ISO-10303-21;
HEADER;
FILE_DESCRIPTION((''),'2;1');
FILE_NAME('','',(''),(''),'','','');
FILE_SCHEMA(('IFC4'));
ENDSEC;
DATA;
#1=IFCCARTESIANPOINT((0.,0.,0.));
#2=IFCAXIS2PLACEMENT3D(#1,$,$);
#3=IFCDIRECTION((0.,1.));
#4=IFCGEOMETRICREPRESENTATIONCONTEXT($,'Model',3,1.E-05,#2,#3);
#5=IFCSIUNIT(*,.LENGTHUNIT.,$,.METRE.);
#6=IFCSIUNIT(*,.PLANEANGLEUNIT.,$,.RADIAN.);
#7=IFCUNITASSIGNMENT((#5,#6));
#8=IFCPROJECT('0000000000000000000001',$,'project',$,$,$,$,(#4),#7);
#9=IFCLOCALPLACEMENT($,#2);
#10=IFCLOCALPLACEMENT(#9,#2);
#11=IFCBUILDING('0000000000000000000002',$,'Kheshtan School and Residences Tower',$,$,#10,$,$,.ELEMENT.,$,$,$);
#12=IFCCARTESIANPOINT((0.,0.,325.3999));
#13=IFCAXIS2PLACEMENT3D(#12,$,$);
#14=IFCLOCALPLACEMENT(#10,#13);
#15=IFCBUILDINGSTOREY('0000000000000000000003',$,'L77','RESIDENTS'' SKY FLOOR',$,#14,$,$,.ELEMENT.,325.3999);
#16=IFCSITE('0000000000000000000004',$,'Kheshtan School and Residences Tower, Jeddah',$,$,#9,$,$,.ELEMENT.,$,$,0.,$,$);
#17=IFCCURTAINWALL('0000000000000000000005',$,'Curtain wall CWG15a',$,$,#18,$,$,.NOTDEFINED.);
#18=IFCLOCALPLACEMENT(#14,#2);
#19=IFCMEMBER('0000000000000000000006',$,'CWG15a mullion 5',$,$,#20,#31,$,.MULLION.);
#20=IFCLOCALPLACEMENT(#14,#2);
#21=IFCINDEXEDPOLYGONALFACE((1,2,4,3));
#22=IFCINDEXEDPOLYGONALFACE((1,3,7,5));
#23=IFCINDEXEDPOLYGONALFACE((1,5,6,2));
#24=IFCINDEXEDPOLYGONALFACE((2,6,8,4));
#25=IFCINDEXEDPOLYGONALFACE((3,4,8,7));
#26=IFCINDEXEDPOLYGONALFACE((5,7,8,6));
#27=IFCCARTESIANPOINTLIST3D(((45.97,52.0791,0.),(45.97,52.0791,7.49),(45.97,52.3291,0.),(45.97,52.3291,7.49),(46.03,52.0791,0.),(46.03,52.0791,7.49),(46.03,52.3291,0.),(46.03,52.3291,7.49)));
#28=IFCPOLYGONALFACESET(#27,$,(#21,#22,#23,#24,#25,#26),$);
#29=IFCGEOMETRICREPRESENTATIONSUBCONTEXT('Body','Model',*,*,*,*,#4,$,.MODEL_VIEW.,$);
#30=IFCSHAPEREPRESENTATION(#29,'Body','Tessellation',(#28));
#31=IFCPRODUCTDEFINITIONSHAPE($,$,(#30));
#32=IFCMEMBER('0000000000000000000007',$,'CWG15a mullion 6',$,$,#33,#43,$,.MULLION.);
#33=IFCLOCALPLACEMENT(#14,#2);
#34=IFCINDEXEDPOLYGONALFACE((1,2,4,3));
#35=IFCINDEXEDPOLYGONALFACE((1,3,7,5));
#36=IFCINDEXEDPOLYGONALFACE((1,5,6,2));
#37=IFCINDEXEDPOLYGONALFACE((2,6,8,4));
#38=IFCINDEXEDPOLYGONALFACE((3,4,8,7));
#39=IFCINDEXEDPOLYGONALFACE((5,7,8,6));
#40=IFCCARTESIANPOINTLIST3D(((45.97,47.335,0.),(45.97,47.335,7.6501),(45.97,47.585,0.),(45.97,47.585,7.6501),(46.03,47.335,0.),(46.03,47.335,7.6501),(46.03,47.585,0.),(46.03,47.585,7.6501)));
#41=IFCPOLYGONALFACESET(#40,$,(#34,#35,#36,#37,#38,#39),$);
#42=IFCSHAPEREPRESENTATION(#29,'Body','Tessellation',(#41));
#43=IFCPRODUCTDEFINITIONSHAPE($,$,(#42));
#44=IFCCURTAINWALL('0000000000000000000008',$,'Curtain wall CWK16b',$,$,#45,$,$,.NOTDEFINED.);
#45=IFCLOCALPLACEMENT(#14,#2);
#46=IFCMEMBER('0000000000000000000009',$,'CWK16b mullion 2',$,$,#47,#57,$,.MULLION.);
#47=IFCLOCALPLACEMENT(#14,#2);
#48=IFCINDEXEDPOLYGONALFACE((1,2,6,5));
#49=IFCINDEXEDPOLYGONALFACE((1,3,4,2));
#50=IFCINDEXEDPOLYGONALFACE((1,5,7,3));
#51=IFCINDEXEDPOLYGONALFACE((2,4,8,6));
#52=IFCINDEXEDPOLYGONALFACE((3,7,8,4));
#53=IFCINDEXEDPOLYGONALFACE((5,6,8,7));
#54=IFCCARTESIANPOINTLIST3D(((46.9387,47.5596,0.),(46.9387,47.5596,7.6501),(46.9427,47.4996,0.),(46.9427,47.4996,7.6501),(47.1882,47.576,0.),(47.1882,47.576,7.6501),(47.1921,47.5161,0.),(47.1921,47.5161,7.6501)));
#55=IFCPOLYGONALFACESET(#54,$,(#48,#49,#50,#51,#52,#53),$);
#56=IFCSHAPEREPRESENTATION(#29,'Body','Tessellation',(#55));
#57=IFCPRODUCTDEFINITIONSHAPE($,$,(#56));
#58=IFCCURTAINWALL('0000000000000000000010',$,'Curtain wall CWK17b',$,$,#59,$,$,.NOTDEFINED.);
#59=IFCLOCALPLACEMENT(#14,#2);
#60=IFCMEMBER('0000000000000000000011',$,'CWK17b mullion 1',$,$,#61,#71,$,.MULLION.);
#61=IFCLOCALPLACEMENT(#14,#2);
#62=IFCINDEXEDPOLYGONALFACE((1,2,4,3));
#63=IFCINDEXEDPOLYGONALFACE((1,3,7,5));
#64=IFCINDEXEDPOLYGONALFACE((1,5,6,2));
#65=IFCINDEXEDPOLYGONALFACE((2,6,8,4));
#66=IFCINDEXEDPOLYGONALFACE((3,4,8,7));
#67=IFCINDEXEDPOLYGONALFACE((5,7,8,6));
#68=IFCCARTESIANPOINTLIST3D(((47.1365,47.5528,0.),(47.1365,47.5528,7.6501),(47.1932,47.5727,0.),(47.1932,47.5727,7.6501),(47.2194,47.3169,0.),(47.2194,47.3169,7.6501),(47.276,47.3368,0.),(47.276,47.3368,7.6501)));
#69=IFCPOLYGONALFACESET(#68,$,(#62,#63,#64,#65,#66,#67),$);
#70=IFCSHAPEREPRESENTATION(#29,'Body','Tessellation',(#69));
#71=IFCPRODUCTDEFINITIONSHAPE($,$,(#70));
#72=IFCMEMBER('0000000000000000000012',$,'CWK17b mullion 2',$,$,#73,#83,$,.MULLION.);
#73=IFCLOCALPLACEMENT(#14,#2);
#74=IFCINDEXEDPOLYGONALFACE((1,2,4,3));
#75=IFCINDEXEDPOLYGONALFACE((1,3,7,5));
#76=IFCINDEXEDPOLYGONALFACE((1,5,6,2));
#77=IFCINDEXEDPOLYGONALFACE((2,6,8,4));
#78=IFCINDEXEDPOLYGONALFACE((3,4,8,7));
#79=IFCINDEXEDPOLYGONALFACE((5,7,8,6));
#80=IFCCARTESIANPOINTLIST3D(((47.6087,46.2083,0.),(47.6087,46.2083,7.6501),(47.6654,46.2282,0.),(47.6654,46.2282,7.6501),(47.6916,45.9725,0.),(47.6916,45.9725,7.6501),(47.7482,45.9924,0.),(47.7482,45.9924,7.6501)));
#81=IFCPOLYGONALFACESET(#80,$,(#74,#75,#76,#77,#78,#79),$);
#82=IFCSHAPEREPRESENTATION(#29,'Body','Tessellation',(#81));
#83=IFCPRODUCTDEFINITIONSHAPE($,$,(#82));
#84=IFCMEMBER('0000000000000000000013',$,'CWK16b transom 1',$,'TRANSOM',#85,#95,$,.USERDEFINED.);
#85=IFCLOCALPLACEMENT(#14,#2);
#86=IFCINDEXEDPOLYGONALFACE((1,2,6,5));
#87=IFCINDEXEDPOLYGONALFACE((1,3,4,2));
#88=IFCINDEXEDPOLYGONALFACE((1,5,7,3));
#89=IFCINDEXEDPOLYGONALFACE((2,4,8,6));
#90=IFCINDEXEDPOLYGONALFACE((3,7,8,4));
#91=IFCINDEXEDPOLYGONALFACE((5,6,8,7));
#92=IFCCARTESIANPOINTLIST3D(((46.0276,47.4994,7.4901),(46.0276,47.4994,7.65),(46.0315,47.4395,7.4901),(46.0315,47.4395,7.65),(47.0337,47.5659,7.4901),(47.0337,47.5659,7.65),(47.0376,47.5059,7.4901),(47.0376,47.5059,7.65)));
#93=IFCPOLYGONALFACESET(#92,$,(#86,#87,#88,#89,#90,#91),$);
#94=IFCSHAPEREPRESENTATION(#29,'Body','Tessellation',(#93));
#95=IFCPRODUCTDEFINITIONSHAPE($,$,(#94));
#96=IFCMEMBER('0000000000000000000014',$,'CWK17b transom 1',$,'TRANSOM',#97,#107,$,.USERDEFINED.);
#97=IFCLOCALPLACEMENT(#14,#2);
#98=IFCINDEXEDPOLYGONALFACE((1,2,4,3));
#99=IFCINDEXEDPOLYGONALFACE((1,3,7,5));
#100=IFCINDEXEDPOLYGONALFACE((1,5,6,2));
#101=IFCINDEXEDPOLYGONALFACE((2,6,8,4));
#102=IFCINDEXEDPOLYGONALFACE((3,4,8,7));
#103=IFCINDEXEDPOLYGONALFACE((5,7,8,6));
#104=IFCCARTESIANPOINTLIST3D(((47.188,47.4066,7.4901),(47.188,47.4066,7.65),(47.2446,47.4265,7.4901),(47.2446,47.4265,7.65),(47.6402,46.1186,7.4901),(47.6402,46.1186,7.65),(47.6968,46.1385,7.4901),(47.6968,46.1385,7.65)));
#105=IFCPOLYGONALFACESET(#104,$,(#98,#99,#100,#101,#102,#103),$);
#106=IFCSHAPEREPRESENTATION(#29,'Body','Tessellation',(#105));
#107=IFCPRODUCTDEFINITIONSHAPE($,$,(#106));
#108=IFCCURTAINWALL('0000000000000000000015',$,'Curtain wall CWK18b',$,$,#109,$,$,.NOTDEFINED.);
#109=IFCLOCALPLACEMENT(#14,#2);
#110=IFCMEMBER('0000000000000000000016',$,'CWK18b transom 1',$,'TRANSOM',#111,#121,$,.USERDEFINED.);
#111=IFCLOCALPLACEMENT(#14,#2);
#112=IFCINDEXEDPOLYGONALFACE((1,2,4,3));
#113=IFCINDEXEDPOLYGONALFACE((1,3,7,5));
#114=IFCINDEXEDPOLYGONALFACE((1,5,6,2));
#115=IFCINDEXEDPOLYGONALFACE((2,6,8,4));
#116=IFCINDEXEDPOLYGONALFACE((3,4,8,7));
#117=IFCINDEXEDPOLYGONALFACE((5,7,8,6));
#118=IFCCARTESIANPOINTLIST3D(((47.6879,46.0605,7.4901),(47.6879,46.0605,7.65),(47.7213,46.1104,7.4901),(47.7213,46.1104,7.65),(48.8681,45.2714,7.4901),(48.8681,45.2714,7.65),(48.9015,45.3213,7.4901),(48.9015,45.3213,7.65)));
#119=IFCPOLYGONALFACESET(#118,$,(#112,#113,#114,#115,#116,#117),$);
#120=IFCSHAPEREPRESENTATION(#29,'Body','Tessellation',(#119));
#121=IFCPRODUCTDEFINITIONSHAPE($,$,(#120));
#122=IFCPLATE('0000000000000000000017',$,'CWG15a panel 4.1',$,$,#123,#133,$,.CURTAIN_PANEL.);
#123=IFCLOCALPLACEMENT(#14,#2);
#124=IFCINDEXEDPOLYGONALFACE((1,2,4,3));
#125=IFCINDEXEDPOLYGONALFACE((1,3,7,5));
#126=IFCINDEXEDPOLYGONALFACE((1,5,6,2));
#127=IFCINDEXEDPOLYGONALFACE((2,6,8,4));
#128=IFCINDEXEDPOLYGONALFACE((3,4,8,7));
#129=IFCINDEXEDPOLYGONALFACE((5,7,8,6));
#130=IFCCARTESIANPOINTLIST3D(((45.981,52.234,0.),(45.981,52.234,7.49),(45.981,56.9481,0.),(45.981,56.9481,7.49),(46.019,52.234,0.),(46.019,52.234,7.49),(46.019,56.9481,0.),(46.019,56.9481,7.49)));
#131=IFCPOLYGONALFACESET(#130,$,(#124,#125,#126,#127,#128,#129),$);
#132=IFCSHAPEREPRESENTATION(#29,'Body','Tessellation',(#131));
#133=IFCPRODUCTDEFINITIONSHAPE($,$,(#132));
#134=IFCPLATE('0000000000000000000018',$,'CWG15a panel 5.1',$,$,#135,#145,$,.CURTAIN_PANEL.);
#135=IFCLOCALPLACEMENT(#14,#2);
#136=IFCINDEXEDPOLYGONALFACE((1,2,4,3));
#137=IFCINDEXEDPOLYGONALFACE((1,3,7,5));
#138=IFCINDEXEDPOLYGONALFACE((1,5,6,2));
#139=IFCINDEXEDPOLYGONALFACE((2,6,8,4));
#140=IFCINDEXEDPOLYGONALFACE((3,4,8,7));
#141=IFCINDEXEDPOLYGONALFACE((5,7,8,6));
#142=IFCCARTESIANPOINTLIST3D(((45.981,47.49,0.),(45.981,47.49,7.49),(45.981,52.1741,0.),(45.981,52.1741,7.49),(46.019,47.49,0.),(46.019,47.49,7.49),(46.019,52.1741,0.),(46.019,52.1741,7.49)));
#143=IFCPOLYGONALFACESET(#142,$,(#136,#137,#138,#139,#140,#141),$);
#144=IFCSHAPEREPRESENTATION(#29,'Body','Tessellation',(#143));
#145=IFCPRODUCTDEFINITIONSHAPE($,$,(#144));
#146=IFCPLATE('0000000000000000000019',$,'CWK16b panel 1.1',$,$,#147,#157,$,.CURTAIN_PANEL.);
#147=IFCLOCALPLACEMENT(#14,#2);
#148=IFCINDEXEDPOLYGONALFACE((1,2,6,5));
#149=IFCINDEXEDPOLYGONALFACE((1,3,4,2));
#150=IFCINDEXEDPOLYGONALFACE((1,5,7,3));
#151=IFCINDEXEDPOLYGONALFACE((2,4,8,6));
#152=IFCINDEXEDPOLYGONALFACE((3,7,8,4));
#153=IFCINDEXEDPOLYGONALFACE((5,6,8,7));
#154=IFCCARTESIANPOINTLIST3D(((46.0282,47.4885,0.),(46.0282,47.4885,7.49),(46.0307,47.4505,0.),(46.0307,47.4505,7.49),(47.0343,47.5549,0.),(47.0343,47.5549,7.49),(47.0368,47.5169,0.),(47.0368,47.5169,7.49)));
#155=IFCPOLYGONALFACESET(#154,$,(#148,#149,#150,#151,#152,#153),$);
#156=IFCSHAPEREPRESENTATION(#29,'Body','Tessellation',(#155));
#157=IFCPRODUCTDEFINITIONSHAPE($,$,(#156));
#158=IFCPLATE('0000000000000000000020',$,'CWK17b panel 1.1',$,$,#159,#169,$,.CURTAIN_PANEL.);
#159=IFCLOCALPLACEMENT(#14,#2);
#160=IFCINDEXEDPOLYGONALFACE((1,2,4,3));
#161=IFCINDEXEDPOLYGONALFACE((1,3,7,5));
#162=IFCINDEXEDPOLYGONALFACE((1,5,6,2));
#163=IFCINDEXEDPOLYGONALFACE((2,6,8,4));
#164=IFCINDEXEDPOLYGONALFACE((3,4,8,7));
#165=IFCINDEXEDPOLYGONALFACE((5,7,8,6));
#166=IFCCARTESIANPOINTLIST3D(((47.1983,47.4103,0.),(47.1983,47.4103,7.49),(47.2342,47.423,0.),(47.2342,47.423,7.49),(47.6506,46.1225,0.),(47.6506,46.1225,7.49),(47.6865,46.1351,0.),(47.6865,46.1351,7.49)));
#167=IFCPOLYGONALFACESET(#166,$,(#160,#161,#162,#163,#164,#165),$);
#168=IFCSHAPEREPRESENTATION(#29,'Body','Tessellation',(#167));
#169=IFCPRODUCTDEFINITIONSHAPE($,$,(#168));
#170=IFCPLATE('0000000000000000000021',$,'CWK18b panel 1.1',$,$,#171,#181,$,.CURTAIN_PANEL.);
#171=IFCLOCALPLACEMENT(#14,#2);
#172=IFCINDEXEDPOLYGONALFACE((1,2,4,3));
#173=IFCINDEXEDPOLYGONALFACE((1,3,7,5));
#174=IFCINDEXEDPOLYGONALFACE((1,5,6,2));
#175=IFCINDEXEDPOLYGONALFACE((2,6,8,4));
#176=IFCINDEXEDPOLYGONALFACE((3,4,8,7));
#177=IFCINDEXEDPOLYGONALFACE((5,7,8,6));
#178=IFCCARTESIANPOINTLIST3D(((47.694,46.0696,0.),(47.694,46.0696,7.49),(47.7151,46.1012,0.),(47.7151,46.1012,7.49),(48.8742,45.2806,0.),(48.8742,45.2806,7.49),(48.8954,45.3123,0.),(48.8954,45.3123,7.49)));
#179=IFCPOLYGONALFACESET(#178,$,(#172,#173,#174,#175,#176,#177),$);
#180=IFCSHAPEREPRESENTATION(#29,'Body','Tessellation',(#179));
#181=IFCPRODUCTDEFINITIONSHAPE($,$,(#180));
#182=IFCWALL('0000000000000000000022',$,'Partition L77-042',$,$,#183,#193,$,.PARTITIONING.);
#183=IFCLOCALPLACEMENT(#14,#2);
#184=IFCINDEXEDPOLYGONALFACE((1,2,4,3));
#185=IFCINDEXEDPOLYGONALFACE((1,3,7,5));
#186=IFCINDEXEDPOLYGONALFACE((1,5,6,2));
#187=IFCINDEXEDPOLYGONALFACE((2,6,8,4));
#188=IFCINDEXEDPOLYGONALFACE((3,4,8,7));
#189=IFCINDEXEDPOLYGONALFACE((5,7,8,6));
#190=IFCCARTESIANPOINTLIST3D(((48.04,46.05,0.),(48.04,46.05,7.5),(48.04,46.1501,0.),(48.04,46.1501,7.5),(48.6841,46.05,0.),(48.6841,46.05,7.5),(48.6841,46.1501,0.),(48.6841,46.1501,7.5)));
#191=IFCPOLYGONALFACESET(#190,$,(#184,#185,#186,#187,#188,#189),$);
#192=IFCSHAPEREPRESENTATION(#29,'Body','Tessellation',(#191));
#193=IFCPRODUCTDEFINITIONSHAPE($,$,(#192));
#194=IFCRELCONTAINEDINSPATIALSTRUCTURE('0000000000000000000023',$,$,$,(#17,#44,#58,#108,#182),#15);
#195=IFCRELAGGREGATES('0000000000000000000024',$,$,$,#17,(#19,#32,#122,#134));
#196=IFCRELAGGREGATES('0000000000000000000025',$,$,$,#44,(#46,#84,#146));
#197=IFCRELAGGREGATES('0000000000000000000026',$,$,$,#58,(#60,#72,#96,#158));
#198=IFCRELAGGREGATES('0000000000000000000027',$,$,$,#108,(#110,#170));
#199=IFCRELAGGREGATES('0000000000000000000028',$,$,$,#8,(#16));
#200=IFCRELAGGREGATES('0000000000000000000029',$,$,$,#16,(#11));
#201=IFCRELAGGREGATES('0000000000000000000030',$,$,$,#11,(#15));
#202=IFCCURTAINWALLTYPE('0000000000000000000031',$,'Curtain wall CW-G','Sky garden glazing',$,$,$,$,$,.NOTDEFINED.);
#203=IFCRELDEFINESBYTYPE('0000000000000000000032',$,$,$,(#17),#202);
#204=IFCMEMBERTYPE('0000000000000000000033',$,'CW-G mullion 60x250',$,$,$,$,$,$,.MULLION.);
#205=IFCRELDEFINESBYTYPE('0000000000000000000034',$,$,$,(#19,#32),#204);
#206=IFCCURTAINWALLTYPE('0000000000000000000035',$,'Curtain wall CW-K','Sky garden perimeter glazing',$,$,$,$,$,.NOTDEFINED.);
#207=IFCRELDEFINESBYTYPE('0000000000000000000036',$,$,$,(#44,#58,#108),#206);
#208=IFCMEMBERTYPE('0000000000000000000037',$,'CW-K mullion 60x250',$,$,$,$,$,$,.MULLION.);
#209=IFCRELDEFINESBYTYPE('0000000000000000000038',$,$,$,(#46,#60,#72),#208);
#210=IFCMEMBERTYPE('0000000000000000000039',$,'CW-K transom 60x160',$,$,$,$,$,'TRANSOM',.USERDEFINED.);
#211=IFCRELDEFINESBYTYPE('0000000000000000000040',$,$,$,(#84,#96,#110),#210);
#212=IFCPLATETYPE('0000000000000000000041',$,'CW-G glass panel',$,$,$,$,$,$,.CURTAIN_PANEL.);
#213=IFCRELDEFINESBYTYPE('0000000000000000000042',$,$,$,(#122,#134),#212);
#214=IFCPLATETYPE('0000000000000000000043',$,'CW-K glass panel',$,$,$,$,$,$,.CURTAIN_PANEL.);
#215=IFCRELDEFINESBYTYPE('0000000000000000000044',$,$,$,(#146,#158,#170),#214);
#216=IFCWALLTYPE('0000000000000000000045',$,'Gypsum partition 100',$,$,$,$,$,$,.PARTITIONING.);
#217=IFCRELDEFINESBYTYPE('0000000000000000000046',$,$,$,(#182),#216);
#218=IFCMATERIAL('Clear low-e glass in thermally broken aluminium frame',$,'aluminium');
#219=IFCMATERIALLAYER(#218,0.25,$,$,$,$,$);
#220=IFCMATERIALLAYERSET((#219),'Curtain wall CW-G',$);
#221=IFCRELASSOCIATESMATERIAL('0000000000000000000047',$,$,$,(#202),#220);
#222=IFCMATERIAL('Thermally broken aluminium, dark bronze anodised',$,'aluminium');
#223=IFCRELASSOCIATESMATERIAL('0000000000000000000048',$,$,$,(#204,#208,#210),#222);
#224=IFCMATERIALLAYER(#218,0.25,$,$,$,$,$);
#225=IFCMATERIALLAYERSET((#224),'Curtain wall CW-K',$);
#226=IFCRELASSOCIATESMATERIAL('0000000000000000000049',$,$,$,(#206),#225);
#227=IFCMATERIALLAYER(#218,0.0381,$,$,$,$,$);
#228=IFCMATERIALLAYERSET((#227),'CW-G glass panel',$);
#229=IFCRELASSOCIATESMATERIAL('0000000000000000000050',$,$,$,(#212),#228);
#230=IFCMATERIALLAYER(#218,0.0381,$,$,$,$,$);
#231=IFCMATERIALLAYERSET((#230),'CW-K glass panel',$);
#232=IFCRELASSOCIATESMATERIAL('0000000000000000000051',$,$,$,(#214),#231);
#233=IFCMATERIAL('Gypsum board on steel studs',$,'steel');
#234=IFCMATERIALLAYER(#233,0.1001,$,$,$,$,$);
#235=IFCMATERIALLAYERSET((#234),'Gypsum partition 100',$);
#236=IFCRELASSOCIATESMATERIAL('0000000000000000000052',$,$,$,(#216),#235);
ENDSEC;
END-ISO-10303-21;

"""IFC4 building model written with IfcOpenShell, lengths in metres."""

from ifc_helpers import new_model, si_unit, direction, frame, frame_2d, origin, origin_2d, place, context, subcontext, project, spatial, rectangle, extrude, material, layer, layer_set, material_profile, profile_set, type_object, element, aggregate, save


model = new_model("IFC4")

# Units and contexts
model_context = context("Model", 3, precision=1e-05, world=origin(), true_north=direction((0.0, 1.0)))
body_context = subcontext(model_context, "Body", "Model", "MODEL_VIEW")
ifc_project = project(units=[si_unit("LENGTHUNIT", "METRE"), si_unit("PLANEANGLEUNIT", "RADIAN")], contexts=[model_context])

# Site, building, storey
site_placement = place(None, origin())
site = spatial("IfcSite", under=ifc_project, at=site_placement, Name="Kheshtan School and Residences Tower, Jeddah", CompositionType="ELEMENT", RefElevation=0.0)
building_placement = place(site_placement, origin())
building = spatial("IfcBuilding", under=site, at=building_placement, Name="Kheshtan School and Residences Tower", CompositionType="ELEMENT")
storey_placement = place(building_placement, frame((0.0, 0.0, 325.3999)))
storey = spatial("IfcBuildingStorey", under=building, at=storey_placement, Name="L77", Description="RESIDENTS' SKY FLOOR", CompositionType="ELEMENT", Elevation=325.3999)

# Curtain wall, members
ifc_material_1 = material(Name="Clear low-e glass in thermally broken aluminium frame", Category="aluminium")
ifc_layer_1 = layer(ifc_material_1, 0.25)
ifc_layer_set_1 = layer_set([ifc_layer_1], Name="Curtain wall CW-G")
curtain_wall_type_1 = type_object("IfcCurtainWallType", Name="Curtain wall CW-G", Description="Sky garden glazing", PredefinedType="NOTDEFINED", material=ifc_layer_set_1)
curtain_wall_1_placement = place(storey_placement, origin())
curtain_wall_1 = element("IfcCurtainWall", 1, at=curtain_wall_1_placement, inside=storey, type_object=curtain_wall_type_1, Name="Curtain wall CWG15a", PredefinedType="NOTDEFINED")
ifc_material_2 = material(Name="Thermally broken aluminium, dark bronze anodised", Category="aluminium")
ifc_material_profile_1 = material_profile(ifc_material_2, rectangle(XDim=0.0601, YDim=0.25, at=origin_2d()), Name="CW-G mullion 60x250")
ifc_profile_set_1 = profile_set([ifc_material_profile_1], Name="Thermally broken aluminium, dark bronze anodised")
member_type_1 = type_object("IfcMemberType", Name="CW-G mullion 60x250", PredefinedType="MULLION", material=ifc_profile_set_1)
member_1_placement = place(storey_placement, frame((46.0, 52.2041, 0.0), z_axis=(0.0, 0.0, 1.0), x_axis=(1.0, 0.0, 0.0)))
member_1 = element("IfcMember", 2, at=member_1_placement, type_object=member_type_1, Name="CWG15a mullion 5", PredefinedType="MULLION", context=body_context, shape_type="SweptSolid", body=[
    extrude(rectangle(XDim=0.0601, YDim=0.25, at=origin_2d()), origin(), (0.0, 0.0, 1.0), 7.49),
])
member_2_placement = place(storey_placement, frame((46.0, 47.46, 0.0), z_axis=(0.0, 0.0, 1.0), x_axis=(1.0, 0.0, 0.0)))
member_2 = element("IfcMember", 3, at=member_2_placement, type_object=member_type_1, Name="CWG15a mullion 6", PredefinedType="MULLION", context=body_context, shape_type="SweptSolid", body=[
    extrude(rectangle(XDim=0.0601, YDim=0.25, at=origin_2d()), origin(), (0.0, 0.0, 1.0), 7.6501),
])

# Curtain wall, member
ifc_layer_2 = layer(ifc_material_1, 0.25)
ifc_layer_set_2 = layer_set([ifc_layer_2], Name="Curtain wall CW-K")
curtain_wall_type_2 = type_object("IfcCurtainWallType", Name="Curtain wall CW-K", Description="Sky garden perimeter glazing", PredefinedType="NOTDEFINED", material=ifc_layer_set_2)
curtain_wall_2_placement = place(storey_placement, origin())
curtain_wall_2 = element("IfcCurtainWall", 4, at=curtain_wall_2_placement, inside=storey, type_object=curtain_wall_type_2, Name="Curtain wall CWK16b", PredefinedType="NOTDEFINED")
ifc_material_profile_2 = material_profile(ifc_material_2, rectangle(XDim=0.0601, YDim=0.25, at=origin_2d()), Name="CW-K mullion 60x250")
ifc_profile_set_2 = profile_set([ifc_material_profile_2], Name="Thermally broken aluminium, dark bronze anodised")
member_type_2 = type_object("IfcMemberType", Name="CW-K mullion 60x250", PredefinedType="MULLION", material=ifc_profile_set_2)
member_3_placement = place(storey_placement, frame((47.0654, 47.5378, 0.0), z_axis=(0.0, 0.0, 1.0), x_axis=(-0.065855, 0.997829, 0.0)))
member_3 = element("IfcMember", 5, at=member_3_placement, type_object=member_type_2, Name="CWK16b mullion 2", PredefinedType="MULLION", context=body_context, shape_type="SweptSolid", body=[
    extrude(rectangle(XDim=0.0601, YDim=0.25, at=origin_2d()), origin(), (0.0, 0.0, 1.0), 7.6501),
])

# Curtain wall, members
curtain_wall_3_placement = place(storey_placement, origin())
curtain_wall_3 = element("IfcCurtainWall", 6, at=curtain_wall_3_placement, inside=storey, type_object=curtain_wall_type_2, Name="Curtain wall CWK17b", PredefinedType="NOTDEFINED")
member_4_placement = place(storey_placement, frame((47.2063, 47.4448, 0.0), z_axis=(0.0, 0.0, 1.0), x_axis=(0.943511, 0.33134, 0.0)))
member_4 = element("IfcMember", 7, at=member_4_placement, type_object=member_type_2, Name="CWK17b mullion 1", PredefinedType="MULLION", context=body_context, shape_type="SweptSolid", body=[
    extrude(rectangle(XDim=0.0601, YDim=0.25, at=origin_2d()), origin(), (0.0, 0.0, 1.0), 7.6501),
])
member_5_placement = place(storey_placement, frame((47.6785, 46.1003, 0.0), z_axis=(0.0, 0.0, 1.0), x_axis=(0.943511, 0.33134, 0.0)))
member_5 = element("IfcMember", 8, at=member_5_placement, type_object=member_type_2, Name="CWK17b mullion 2", PredefinedType="MULLION", context=body_context, shape_type="SweptSolid", body=[
    extrude(rectangle(XDim=0.0601, YDim=0.25, at=origin_2d()), origin(), (0.0, 0.0, 1.0), 7.6501),
])

# Members
ifc_material_profile_3 = material_profile(ifc_material_2, rectangle(XDim=0.0601, YDim=0.1599, at=origin_2d()), Name="CW-K transom 60x160")
ifc_profile_set_3 = profile_set([ifc_material_profile_3], Name="Thermally broken aluminium, dark bronze anodised")
member_type_3 = type_object("IfcMemberType", Name="CW-K transom 60x160", ElementType="TRANSOM", PredefinedType="USERDEFINED", material=ifc_profile_set_3)
member_6_placement = place(storey_placement, frame((46.0295, 47.4695, 7.5701), z_axis=(0.997829, 0.06586, 0.0), x_axis=(-0.06586, 0.997829, 0.0)))
member_6 = element("IfcMember", 9, at=member_6_placement, type_object=member_type_3, Name="CWK16b transom 1", ObjectType="TRANSOM", PredefinedType="USERDEFINED", context=body_context, shape_type="SweptSolid", body=[
    extrude(rectangle(XDim=0.0601, YDim=0.1599, at=origin_2d()), origin(), (0.0, 0.0, 1.0), 1.0083),
])
member_7_placement = place(storey_placement, frame((47.2163, 47.4165, 7.5701), z_axis=(0.331267, -0.943537, 0.0), x_axis=(0.943537, 0.331267, 0.0)))
member_7 = element("IfcMember", 10, at=member_7_placement, type_object=member_type_3, Name="CWK17b transom 1", ObjectType="TRANSOM", PredefinedType="USERDEFINED", context=body_context, shape_type="SweptSolid", body=[
    extrude(rectangle(XDim=0.0601, YDim=0.1599, at=origin_2d()), origin(), (0.0, 0.0, 1.0), 1.365),
])

# Curtain wall, member
curtain_wall_4_placement = place(storey_placement, origin())
curtain_wall_4 = element("IfcCurtainWall", 11, at=curtain_wall_4_placement, inside=storey, type_object=curtain_wall_type_2, Name="Curtain wall CWK18b", PredefinedType="NOTDEFINED")
member_8_placement = place(storey_placement, frame((47.7046, 46.0854, 7.5701), z_axis=(0.831309, -0.555811, 0.0), x_axis=(0.555811, 0.831309, 0.0)))
member_8 = element("IfcMember", 12, at=member_8_placement, type_object=member_type_3, Name="CWK18b transom 1", ObjectType="TRANSOM", PredefinedType="USERDEFINED", context=body_context, shape_type="SweptSolid", body=[
    extrude(rectangle(XDim=0.0601, YDim=0.1599, at=origin_2d()), origin(), (0.0, 0.0, 1.0), 1.4197),
])

# Plates
ifc_layer_3 = layer(ifc_material_1, 0.0381)
ifc_layer_set_3 = layer_set([ifc_layer_3], Name="CW-G glass panel")
plate_type_1 = type_object("IfcPlateType", Name="CW-G glass panel", PredefinedType="CURTAIN_PANEL", material=ifc_layer_set_3)
plate_1_placement = place(storey_placement, frame((46.0, 54.5911, 0.0), z_axis=(0.0, 0.0, 1.0), x_axis=(0.0, -1.0, 0.0)))
plate_1 = element("IfcPlate", 13, at=plate_1_placement, type_object=plate_type_1, Name="CWG15a panel 4.1", PredefinedType="CURTAIN_PANEL", context=body_context, shape_type="SweptSolid", body=[
    extrude(rectangle(XDim=4.7141, YDim=0.0381, at=origin_2d()), origin(), (0.0, 0.0, 1.0), 7.49),
])
plate_2_placement = place(storey_placement, frame((46.0, 49.832, 0.0), z_axis=(0.0, 0.0, 1.0), x_axis=(0.0, -1.0, 0.0)))
plate_2 = element("IfcPlate", 14, at=plate_2_placement, type_object=plate_type_1, Name="CWG15a panel 5.1", PredefinedType="CURTAIN_PANEL", context=body_context, shape_type="SweptSolid", body=[
    extrude(rectangle(XDim=4.6841, YDim=0.0381, at=origin_2d()), origin(), (0.0, 0.0, 1.0), 7.49),
])
aggregate(curtain_wall_1, [member_1, member_2, plate_1, plate_2])
ifc_layer_4 = layer(ifc_material_1, 0.0381)
ifc_layer_set_4 = layer_set([ifc_layer_4], Name="CW-K glass panel")
plate_type_2 = type_object("IfcPlateType", Name="CW-K glass panel", PredefinedType="CURTAIN_PANEL", material=ifc_layer_set_4)
plate_3_placement = place(storey_placement, frame((46.5325, 47.5027, 0.0), z_axis=(0.0, 0.0, 1.0), x_axis=(0.997829, 0.065855, 0.0)))
plate_3 = element("IfcPlate", 15, at=plate_3_placement, type_object=plate_type_2, Name="CWK16b panel 1.1", PredefinedType="CURTAIN_PANEL", context=body_context, shape_type="SweptSolid", body=[
    extrude(rectangle(XDim=1.0083, YDim=0.0381, at=origin_2d()), origin(), (0.0, 0.0, 1.0), 7.49),
])
aggregate(curtain_wall_2, [member_3, member_6, plate_3])
plate_4_placement = place(storey_placement, frame((47.4424, 46.7727, 0.0), z_axis=(0.0, 0.0, 1.0), x_axis=(0.33134, -0.943511, 0.0)))
plate_4 = element("IfcPlate", 16, at=plate_4_placement, type_object=plate_type_2, Name="CWK17b panel 1.1", PredefinedType="CURTAIN_PANEL", context=body_context, shape_type="SweptSolid", body=[
    extrude(rectangle(XDim=1.365, YDim=0.0381, at=origin_2d()), origin(), (0.0, 0.0, 1.0), 7.49),
])
aggregate(curtain_wall_3, [member_4, member_5, member_7, plate_4])
plate_5_placement = place(storey_placement, frame((48.2947, 45.6909, 0.0), z_axis=(0.0, 0.0, 1.0), x_axis=(0.831353, -0.555745, 0.0)))
plate_5 = element("IfcPlate", 17, at=plate_5_placement, type_object=plate_type_2, Name="CWK18b panel 1.1", PredefinedType="CURTAIN_PANEL", context=body_context, shape_type="SweptSolid", body=[
    extrude(rectangle(XDim=1.4197, YDim=0.0381, at=origin_2d()), origin(), (0.0, 0.0, 1.0), 7.49),
])
aggregate(curtain_wall_4, [member_8, plate_5])

# Wall
ifc_material_3 = material(Name="Gypsum board on steel studs", Category="steel")
ifc_layer_5 = layer(ifc_material_3, 0.1001)
ifc_layer_set_5 = layer_set([ifc_layer_5], Name="Gypsum partition 100")
wall_type = type_object("IfcWallType", Name="Gypsum partition 100", PredefinedType="PARTITIONING", material=ifc_layer_set_5)
wall_placement = place(storey_placement, frame((48.04, 46.1001, 0.0), z_axis=(0.0, 0.0, 1.0), x_axis=(1.0, 0.0, 0.0)))
element("IfcWall", 18, at=wall_placement, inside=storey, type_object=wall_type, Name="Partition L77-042", PredefinedType="PARTITIONING", context=body_context, shape_type="SweptSolid", body=[
    extrude(rectangle(XDim=0.644, YDim=0.1001, at=frame_2d((0.322, 0.0))), origin(), (0.0, 0.0, 1.0), 7.5),
])

save(model, "model.ifc")
